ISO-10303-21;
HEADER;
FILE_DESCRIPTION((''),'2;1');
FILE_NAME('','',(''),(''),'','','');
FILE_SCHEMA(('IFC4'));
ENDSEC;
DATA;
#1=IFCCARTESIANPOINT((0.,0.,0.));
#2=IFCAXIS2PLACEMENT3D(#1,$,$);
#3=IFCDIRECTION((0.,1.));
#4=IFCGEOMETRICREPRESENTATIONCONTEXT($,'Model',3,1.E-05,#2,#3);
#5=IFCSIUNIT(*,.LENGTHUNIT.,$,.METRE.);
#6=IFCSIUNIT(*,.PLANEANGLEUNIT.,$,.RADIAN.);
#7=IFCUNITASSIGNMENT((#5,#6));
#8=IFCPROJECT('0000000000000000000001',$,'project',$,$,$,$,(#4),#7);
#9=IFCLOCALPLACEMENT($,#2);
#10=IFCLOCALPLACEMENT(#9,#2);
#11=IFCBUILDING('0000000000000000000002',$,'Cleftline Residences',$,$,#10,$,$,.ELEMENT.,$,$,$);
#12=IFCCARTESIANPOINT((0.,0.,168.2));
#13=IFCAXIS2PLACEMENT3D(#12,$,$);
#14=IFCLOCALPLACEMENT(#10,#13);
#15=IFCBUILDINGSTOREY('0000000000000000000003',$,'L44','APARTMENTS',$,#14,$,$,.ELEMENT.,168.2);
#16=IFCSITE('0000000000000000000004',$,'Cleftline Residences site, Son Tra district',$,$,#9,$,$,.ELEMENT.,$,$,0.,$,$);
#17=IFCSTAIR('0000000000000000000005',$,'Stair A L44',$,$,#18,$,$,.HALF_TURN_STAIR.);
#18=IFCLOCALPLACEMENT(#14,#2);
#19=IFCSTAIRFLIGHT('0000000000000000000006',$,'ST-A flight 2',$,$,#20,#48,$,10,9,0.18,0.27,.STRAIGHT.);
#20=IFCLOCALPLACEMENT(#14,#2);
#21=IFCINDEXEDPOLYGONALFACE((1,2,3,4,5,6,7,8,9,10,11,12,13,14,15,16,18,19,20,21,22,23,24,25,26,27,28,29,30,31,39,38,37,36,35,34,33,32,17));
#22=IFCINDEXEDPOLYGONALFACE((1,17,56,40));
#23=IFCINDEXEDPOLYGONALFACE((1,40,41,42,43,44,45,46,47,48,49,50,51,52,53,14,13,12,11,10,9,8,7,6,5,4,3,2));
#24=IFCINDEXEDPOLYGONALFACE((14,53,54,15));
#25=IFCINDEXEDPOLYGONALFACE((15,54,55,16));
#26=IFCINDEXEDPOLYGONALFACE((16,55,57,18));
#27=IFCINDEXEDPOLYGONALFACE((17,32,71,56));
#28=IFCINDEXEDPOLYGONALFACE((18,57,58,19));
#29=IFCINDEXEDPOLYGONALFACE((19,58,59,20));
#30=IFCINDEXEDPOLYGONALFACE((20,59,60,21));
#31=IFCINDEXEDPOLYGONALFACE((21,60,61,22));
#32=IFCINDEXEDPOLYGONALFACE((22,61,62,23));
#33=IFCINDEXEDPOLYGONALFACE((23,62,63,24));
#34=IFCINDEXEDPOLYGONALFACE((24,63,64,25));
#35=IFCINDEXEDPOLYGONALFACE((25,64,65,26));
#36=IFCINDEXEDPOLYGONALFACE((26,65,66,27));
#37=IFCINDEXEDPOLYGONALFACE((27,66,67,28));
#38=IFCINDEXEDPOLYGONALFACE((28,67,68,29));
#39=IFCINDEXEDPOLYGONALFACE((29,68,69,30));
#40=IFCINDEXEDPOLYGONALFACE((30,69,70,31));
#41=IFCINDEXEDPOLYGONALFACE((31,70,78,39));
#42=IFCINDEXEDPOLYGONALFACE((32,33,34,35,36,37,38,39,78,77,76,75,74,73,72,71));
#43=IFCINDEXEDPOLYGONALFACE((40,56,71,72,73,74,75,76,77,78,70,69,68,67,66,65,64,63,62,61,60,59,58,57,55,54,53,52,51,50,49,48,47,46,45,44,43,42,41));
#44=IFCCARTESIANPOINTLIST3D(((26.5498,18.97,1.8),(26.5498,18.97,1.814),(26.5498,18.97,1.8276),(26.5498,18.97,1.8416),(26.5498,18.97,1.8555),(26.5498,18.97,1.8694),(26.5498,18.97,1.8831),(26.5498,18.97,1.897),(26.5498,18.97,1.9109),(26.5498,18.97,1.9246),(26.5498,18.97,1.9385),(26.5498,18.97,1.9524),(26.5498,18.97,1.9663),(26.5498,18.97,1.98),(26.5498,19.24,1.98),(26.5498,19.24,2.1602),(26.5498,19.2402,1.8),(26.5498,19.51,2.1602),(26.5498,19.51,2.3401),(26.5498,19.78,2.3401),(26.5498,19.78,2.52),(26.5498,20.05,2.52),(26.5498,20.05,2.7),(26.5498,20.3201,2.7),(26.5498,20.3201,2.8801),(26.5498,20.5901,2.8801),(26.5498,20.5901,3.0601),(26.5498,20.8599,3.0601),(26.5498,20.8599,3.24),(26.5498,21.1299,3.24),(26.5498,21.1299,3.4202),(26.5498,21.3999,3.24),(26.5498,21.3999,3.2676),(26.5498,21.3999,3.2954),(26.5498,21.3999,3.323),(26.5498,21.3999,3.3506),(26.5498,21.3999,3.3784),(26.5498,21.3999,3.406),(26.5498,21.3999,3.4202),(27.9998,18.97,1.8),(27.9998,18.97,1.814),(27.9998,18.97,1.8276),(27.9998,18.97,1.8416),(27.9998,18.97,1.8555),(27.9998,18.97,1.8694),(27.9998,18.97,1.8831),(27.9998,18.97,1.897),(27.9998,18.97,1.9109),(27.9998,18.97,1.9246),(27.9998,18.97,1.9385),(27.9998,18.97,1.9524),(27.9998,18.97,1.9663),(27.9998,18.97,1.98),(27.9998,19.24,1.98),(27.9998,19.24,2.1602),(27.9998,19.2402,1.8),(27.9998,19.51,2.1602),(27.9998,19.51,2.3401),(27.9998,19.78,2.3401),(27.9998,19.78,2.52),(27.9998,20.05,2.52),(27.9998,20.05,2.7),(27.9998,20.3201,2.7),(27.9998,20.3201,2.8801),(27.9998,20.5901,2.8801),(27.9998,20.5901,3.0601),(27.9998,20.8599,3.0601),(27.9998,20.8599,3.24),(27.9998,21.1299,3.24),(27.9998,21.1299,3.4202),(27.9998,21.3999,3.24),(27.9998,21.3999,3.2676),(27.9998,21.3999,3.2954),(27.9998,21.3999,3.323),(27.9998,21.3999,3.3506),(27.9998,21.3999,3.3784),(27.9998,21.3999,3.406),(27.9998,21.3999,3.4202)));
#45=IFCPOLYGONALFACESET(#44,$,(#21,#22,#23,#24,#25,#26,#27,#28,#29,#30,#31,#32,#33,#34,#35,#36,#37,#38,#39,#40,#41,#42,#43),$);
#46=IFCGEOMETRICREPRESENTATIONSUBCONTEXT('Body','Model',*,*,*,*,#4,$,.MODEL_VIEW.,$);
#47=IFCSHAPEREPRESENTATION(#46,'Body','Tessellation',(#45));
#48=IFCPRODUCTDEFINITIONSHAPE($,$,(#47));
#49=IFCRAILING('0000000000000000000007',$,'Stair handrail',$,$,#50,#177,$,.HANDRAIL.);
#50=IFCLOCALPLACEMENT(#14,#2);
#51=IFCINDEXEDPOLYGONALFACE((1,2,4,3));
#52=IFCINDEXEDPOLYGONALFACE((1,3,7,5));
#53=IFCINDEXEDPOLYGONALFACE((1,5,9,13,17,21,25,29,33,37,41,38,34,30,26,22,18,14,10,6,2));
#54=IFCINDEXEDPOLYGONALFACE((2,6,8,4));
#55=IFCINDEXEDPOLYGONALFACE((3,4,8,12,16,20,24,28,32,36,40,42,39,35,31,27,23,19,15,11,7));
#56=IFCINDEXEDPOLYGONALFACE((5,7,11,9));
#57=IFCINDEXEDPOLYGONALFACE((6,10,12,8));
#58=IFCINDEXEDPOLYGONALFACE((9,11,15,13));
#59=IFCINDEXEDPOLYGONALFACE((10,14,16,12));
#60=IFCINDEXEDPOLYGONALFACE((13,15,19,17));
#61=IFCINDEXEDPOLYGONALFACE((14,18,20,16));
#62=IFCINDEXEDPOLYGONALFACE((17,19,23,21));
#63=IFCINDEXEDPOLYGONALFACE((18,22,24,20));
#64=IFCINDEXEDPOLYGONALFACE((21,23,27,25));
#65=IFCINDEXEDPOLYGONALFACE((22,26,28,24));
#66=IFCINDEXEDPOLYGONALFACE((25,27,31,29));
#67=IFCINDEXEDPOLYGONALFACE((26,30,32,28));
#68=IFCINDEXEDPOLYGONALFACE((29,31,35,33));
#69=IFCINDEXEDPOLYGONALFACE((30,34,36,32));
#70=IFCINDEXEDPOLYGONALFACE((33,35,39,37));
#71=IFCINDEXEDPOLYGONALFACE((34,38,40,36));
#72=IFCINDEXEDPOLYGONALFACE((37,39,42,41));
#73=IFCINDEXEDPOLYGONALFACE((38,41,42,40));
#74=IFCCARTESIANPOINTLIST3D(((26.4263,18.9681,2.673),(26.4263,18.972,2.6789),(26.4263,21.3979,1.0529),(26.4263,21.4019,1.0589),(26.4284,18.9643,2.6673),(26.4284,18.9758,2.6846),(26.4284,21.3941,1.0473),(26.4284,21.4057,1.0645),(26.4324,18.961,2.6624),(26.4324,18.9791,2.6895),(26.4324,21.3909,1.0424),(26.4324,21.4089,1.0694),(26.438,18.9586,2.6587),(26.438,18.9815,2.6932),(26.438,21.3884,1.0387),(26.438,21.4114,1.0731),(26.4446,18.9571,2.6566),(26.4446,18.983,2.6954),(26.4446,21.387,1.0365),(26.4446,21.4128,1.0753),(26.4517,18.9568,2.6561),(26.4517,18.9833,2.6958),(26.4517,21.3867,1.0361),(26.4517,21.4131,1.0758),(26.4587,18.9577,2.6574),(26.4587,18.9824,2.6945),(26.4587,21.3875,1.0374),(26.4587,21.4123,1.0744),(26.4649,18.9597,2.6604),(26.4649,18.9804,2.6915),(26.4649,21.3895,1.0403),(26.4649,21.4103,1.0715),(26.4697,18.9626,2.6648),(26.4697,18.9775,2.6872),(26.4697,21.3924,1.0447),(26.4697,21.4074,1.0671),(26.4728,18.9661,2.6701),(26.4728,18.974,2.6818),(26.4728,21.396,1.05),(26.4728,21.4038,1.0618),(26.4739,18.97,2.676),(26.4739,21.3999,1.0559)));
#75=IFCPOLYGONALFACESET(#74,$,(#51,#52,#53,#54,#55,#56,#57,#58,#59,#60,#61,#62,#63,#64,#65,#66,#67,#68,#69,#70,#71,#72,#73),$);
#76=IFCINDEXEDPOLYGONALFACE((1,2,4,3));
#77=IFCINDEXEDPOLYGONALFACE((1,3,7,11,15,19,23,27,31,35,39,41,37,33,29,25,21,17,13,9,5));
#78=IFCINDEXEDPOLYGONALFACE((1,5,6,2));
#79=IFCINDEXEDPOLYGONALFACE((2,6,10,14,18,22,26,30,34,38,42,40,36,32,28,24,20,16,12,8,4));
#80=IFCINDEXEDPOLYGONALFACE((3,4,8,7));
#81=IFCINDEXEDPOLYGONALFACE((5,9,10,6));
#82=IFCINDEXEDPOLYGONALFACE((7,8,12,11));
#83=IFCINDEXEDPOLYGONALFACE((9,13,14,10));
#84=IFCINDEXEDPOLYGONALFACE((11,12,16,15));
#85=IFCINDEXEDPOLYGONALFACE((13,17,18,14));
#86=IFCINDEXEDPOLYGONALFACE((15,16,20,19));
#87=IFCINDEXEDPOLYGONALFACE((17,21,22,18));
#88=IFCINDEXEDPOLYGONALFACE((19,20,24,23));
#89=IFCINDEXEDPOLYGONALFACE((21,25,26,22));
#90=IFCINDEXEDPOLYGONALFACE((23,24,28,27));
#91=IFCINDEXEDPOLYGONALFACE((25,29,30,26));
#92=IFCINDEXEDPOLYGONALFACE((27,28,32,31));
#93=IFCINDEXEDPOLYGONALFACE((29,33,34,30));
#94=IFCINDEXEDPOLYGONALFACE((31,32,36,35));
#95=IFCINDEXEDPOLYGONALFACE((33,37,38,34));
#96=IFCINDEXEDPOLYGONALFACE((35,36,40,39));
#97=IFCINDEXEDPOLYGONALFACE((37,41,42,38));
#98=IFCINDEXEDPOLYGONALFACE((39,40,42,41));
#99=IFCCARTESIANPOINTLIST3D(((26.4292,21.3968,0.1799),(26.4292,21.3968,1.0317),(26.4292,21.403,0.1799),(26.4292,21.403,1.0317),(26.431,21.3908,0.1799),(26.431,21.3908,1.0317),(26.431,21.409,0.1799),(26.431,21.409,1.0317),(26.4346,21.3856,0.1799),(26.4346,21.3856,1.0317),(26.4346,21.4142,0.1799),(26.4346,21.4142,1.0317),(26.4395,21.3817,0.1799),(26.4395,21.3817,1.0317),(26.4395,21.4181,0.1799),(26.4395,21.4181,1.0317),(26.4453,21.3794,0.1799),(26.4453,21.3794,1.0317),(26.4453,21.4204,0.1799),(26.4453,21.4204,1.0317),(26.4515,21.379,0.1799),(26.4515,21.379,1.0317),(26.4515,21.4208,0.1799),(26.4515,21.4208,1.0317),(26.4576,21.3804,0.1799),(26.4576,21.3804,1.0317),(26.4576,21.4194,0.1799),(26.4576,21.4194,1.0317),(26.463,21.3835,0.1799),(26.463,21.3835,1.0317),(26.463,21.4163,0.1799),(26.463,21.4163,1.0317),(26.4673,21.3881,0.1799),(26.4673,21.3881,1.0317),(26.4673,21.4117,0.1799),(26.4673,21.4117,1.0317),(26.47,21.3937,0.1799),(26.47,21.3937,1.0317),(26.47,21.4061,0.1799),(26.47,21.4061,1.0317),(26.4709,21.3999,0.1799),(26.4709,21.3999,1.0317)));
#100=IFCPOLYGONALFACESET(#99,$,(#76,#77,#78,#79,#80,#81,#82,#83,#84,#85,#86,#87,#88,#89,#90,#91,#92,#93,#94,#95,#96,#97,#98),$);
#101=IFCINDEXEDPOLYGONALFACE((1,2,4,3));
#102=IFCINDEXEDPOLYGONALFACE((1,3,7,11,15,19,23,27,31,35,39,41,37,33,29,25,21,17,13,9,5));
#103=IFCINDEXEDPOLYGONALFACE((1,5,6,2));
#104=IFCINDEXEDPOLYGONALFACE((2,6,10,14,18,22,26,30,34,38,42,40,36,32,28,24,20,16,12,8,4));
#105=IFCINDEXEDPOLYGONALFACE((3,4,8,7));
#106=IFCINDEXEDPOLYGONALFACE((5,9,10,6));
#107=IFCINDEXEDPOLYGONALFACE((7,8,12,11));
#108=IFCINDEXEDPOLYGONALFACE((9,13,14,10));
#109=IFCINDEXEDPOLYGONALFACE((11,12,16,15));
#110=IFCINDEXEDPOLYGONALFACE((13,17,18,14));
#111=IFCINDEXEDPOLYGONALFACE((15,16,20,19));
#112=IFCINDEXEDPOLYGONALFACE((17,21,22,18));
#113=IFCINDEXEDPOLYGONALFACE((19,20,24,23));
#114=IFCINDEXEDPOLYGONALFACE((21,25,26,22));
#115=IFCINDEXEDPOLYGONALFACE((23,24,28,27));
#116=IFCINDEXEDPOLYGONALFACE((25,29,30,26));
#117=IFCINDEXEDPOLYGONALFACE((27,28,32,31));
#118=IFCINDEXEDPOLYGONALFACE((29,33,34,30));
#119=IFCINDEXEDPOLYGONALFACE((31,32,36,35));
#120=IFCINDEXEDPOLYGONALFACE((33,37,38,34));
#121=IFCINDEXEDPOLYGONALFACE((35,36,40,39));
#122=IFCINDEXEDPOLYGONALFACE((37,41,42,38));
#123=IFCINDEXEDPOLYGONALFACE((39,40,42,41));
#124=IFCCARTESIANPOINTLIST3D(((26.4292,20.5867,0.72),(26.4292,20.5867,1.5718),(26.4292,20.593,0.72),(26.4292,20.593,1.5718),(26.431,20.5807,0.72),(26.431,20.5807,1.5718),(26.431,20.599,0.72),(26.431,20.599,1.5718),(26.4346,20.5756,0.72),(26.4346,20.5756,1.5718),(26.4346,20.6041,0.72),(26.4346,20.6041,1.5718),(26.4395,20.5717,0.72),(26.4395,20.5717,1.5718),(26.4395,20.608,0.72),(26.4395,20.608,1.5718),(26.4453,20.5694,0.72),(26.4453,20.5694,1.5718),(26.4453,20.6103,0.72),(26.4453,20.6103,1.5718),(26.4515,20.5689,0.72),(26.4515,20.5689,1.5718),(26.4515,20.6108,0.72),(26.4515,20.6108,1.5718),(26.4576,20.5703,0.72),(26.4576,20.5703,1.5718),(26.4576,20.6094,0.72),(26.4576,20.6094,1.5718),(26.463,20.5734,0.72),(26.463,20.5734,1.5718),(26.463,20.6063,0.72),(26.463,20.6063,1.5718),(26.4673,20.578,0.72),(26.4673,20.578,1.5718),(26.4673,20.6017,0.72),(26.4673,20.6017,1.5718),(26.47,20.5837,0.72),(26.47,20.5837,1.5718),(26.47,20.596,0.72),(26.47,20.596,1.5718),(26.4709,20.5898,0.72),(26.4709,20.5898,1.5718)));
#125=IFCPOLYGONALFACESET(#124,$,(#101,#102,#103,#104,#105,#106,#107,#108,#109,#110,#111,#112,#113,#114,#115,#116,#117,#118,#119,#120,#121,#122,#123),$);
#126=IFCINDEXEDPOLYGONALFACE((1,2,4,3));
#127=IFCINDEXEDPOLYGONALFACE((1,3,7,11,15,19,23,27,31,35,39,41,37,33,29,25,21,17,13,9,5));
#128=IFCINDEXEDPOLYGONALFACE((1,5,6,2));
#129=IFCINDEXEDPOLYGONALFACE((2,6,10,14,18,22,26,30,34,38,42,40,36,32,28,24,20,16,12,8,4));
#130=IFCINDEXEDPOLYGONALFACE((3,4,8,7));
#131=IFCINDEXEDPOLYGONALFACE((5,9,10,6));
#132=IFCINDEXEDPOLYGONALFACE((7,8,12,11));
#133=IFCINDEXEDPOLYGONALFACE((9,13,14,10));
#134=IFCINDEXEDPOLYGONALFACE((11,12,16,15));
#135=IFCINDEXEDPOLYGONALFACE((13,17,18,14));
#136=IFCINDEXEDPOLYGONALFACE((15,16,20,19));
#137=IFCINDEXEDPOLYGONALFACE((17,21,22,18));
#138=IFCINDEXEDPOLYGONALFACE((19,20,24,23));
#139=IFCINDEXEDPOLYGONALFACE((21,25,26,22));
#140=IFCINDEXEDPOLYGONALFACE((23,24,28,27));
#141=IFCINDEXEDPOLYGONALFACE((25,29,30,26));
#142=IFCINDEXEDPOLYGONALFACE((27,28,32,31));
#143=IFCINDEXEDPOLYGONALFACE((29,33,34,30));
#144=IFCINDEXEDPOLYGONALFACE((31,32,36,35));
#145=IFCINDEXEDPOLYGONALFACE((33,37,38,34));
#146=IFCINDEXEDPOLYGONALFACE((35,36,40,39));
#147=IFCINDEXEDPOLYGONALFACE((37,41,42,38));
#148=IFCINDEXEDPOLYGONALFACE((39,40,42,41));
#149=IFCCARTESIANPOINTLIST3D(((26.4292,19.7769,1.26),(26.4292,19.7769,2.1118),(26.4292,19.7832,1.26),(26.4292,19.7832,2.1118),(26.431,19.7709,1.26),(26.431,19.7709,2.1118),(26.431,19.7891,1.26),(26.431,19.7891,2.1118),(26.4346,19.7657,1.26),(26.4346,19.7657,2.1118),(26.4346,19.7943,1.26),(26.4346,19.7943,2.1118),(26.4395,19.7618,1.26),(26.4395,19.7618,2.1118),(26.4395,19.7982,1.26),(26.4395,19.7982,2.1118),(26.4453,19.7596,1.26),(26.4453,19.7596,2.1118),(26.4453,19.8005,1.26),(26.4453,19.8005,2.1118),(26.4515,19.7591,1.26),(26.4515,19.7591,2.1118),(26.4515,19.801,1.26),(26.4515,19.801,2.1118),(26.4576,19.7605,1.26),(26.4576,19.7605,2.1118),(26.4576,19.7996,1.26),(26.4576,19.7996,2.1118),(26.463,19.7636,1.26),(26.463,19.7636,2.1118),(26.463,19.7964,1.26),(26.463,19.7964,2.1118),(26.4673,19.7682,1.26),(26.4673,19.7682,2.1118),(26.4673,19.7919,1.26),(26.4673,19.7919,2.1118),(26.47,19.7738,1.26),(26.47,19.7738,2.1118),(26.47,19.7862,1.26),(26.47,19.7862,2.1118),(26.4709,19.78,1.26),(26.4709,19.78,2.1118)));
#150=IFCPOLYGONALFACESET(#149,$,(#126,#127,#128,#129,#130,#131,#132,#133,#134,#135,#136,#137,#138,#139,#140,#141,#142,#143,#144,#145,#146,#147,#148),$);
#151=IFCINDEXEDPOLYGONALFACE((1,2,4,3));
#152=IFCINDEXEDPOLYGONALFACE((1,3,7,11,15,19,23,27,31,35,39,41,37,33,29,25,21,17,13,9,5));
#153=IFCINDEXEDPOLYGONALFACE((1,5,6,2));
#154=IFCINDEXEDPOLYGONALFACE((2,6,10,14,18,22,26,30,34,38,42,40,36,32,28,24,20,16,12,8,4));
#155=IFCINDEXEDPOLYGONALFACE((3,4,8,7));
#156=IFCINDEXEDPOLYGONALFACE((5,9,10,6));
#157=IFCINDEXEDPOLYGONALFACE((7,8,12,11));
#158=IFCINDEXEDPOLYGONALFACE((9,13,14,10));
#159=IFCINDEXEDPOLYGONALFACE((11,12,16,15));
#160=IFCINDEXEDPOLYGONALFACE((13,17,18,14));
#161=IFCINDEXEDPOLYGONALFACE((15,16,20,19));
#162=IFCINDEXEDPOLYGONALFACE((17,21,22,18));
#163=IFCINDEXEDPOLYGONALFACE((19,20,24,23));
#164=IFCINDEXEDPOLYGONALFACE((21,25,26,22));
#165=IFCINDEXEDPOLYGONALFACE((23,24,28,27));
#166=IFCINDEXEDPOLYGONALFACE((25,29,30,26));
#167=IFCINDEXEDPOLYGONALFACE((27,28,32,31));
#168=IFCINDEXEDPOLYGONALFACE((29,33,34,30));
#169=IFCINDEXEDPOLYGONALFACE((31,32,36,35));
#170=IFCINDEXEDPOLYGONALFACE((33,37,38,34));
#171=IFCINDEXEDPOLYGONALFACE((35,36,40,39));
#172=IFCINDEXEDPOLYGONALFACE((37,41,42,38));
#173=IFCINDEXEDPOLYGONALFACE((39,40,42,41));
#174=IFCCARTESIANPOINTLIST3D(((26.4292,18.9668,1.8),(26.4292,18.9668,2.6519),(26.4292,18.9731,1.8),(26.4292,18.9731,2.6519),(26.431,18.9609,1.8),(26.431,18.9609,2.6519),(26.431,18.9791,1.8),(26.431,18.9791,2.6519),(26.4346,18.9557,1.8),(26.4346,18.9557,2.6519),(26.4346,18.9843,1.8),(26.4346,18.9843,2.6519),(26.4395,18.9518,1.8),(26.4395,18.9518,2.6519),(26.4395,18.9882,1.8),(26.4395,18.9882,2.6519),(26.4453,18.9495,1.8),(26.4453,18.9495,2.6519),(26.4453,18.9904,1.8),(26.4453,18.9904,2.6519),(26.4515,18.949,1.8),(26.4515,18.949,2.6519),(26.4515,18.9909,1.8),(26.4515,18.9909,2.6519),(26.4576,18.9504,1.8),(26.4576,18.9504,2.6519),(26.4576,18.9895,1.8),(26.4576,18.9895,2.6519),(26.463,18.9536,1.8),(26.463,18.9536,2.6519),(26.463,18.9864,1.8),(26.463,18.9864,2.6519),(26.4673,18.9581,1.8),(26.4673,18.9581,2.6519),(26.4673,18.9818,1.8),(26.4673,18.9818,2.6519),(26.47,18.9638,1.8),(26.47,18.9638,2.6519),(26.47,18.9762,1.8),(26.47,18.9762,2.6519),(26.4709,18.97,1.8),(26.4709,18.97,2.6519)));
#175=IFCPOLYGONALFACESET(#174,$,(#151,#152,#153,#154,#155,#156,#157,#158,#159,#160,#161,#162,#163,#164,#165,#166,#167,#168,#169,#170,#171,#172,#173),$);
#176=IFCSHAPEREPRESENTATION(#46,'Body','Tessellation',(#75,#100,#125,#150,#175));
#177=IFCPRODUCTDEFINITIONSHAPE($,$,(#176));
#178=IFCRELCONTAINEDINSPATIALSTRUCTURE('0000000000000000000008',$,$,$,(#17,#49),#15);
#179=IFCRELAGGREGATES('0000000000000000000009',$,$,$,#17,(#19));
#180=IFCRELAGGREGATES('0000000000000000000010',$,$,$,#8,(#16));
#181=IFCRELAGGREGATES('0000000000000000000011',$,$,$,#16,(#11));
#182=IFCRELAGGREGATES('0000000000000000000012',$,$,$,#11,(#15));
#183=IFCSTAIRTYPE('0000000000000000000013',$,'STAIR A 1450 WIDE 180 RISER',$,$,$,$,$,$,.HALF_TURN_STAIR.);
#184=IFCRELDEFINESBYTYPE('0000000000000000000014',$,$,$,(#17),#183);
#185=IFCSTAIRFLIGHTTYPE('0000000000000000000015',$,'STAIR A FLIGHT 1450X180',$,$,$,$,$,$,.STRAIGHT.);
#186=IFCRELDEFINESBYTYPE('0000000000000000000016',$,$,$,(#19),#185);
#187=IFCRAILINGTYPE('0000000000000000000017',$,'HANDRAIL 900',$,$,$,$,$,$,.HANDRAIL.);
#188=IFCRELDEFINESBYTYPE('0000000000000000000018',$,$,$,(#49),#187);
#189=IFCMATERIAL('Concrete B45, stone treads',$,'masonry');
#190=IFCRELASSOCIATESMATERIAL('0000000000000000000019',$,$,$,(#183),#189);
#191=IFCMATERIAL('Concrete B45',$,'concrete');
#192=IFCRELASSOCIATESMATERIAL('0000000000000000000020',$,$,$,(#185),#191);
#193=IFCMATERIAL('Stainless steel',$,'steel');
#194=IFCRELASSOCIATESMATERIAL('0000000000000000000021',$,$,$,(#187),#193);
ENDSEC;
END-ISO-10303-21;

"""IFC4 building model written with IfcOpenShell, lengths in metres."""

from ifc_helpers import new_model, si_unit, direction, frame, origin, origin_2d, place, context, subcontext, project, spatial, polyline, circle, outline, extrude, material, type_object, element, aggregate, save


model = new_model("IFC4")

# Units and contexts
model_context = context("Model", 3, precision=1e-05, world=origin(), true_north=direction((0.0, 1.0)))
body_context = subcontext(model_context, "Body", "Model", "MODEL_VIEW")
ifc_project = project(units=[si_unit("LENGTHUNIT", "METRE"), si_unit("PLANEANGLEUNIT", "RADIAN")], contexts=[model_context])

# Site, building, storey
site_placement = place(None, origin())
site = spatial("IfcSite", under=ifc_project, at=site_placement, Name="Cleftline Residences site, Son Tra district", CompositionType="ELEMENT", RefElevation=0.0)
building_placement = place(site_placement, origin())
building = spatial("IfcBuilding", under=site, at=building_placement, Name="Cleftline Residences", CompositionType="ELEMENT")
storey_placement = place(building_placement, frame((0.0, 0.0, 168.2)))
storey = spatial("IfcBuildingStorey", under=building, at=storey_placement, Name="L44", Description="APARTMENTS", CompositionType="ELEMENT", Elevation=168.2)

# Stair, stair flight
ifc_material_1 = material(Name="Concrete B45, stone treads", Category="masonry")
stair_type = type_object("IfcStairType", Name="STAIR A 1450 WIDE 180 RISER", PredefinedType="HALF_TURN_STAIR", material=ifc_material_1)
stair_placement = place(storey_placement, origin())
stair = element("IfcStair", 1, at=stair_placement, inside=storey, type_object=stair_type, Name="Stair A L44", PredefinedType="HALF_TURN_STAIR")
ifc_material_2 = material(Name="Concrete B45", Category="concrete")
stair_flight_type = type_object("IfcStairFlightType", Name="STAIR A FLIGHT 1450X180", PredefinedType="STRAIGHT", material=ifc_material_2)
stair_flight_1_placement = place(storey_placement, frame((27.2749, 18.97, 1.8), z_axis=(0.0, 0.0, 1.0), x_axis=(0.0, 1.0, 0.0)))
stair_flight_1 = element("IfcStairFlight", 2, at=stair_flight_1_placement, type_object=stair_flight_type, Name="ST-A flight 2", NumberOfRisers=10, NumberOfTreads=9, PredefinedType="STRAIGHT", RiserHeight=0.18, TreadLength=0.27, context=body_context, shape_type="SweptSolid", body=[
    extrude(outline(polyline([(0.0, 0.0), (0.0, 0.0139), (0.0, 0.0276), (0.0, 0.0415), (0.0, 0.0554), (0.0, 0.0693), (0.0, 0.083), (0.0, 0.0969), (0.0, 0.1108), (0.0, 0.1245), (0.0, 0.1384), (0.0, 0.1523), (0.0, 0.1663), (0.0, 0.1799), (0.27, 0.1799), (0.27, 0.3601), (0.54, 0.3601), (0.54, 0.54), (0.8101, 0.54), (0.8101, 0.72), (1.0801, 0.72), (1.0801, 0.8999), (1.3501, 0.8999), (1.3501, 1.0801), (1.6201, 1.0801), (1.6201, 1.26), (1.8899, 1.26), (1.8899, 1.4399), (2.1599, 1.4399), (2.1599, 1.6201), (2.4299, 1.6201), (2.4299, 1.8), (2.4299, 1.7722), (2.4299, 1.7446), (2.4299, 1.7168), (2.4299, 1.6892), (2.4299, 1.6614), (2.4299, 1.6338), (2.4299, 1.606), (2.4299, 1.5784), (2.4299, 1.5505), (2.4299, 1.5229), (2.4299, 1.4954), (2.4299, 1.4675), (2.4299, 1.4399), (0.2703, 0.0), (0.0, 0.0)])), frame((0.0, 0.7251, 0.0), z_axis=(0.0, -1.0, 0.0), x_axis=(1.0, 0.0, 0.0)), (0.0, 0.0, 1.0), 1.45),
])
aggregate(stair, [stair_flight_1])

# Railing
ifc_material_3 = material(Name="Stainless steel", Category="steel")
railing_type = type_object("IfcRailingType", Name="HANDRAIL 900", PredefinedType="HANDRAIL", material=ifc_material_3)
railing_1_placement = place(storey_placement, frame((26.45, 21.3999, 0.1799)))
element("IfcRailing", 3, at=railing_1_placement, inside=storey, type_object=railing_type, Name="Stair handrail", PredefinedType="HANDRAIL", context=body_context, shape_type="SweptSolid", body=[
    extrude(circle(Radius=0.0239, at=origin_2d()), frame((0.0, 0.0, 0.876), z_axis=(0.0, -0.832025, 0.554739), x_axis=(1.0, 0.0, 0.0)), (0.0, 0.0, 1.0), 2.9204),
    extrude(circle(Radius=0.021, at=origin_2d()), origin(), (0.0, 0.0, 1.0), 0.8518),
    extrude(circle(Radius=0.021, at=origin_2d()), frame((0.0, -0.8101, 0.54)), (0.0, 0.0, 1.0), 0.8518),
    extrude(circle(Radius=0.021, at=origin_2d()), frame((0.0, -1.6199, 1.0801)), (0.0, 0.0, 1.0), 0.8518),
    extrude(circle(Radius=0.021, at=origin_2d()), frame((0.0, -2.4299, 1.6201)), (0.0, 0.0, 1.0), 0.8518),
])

save(model, "model.ifc")
